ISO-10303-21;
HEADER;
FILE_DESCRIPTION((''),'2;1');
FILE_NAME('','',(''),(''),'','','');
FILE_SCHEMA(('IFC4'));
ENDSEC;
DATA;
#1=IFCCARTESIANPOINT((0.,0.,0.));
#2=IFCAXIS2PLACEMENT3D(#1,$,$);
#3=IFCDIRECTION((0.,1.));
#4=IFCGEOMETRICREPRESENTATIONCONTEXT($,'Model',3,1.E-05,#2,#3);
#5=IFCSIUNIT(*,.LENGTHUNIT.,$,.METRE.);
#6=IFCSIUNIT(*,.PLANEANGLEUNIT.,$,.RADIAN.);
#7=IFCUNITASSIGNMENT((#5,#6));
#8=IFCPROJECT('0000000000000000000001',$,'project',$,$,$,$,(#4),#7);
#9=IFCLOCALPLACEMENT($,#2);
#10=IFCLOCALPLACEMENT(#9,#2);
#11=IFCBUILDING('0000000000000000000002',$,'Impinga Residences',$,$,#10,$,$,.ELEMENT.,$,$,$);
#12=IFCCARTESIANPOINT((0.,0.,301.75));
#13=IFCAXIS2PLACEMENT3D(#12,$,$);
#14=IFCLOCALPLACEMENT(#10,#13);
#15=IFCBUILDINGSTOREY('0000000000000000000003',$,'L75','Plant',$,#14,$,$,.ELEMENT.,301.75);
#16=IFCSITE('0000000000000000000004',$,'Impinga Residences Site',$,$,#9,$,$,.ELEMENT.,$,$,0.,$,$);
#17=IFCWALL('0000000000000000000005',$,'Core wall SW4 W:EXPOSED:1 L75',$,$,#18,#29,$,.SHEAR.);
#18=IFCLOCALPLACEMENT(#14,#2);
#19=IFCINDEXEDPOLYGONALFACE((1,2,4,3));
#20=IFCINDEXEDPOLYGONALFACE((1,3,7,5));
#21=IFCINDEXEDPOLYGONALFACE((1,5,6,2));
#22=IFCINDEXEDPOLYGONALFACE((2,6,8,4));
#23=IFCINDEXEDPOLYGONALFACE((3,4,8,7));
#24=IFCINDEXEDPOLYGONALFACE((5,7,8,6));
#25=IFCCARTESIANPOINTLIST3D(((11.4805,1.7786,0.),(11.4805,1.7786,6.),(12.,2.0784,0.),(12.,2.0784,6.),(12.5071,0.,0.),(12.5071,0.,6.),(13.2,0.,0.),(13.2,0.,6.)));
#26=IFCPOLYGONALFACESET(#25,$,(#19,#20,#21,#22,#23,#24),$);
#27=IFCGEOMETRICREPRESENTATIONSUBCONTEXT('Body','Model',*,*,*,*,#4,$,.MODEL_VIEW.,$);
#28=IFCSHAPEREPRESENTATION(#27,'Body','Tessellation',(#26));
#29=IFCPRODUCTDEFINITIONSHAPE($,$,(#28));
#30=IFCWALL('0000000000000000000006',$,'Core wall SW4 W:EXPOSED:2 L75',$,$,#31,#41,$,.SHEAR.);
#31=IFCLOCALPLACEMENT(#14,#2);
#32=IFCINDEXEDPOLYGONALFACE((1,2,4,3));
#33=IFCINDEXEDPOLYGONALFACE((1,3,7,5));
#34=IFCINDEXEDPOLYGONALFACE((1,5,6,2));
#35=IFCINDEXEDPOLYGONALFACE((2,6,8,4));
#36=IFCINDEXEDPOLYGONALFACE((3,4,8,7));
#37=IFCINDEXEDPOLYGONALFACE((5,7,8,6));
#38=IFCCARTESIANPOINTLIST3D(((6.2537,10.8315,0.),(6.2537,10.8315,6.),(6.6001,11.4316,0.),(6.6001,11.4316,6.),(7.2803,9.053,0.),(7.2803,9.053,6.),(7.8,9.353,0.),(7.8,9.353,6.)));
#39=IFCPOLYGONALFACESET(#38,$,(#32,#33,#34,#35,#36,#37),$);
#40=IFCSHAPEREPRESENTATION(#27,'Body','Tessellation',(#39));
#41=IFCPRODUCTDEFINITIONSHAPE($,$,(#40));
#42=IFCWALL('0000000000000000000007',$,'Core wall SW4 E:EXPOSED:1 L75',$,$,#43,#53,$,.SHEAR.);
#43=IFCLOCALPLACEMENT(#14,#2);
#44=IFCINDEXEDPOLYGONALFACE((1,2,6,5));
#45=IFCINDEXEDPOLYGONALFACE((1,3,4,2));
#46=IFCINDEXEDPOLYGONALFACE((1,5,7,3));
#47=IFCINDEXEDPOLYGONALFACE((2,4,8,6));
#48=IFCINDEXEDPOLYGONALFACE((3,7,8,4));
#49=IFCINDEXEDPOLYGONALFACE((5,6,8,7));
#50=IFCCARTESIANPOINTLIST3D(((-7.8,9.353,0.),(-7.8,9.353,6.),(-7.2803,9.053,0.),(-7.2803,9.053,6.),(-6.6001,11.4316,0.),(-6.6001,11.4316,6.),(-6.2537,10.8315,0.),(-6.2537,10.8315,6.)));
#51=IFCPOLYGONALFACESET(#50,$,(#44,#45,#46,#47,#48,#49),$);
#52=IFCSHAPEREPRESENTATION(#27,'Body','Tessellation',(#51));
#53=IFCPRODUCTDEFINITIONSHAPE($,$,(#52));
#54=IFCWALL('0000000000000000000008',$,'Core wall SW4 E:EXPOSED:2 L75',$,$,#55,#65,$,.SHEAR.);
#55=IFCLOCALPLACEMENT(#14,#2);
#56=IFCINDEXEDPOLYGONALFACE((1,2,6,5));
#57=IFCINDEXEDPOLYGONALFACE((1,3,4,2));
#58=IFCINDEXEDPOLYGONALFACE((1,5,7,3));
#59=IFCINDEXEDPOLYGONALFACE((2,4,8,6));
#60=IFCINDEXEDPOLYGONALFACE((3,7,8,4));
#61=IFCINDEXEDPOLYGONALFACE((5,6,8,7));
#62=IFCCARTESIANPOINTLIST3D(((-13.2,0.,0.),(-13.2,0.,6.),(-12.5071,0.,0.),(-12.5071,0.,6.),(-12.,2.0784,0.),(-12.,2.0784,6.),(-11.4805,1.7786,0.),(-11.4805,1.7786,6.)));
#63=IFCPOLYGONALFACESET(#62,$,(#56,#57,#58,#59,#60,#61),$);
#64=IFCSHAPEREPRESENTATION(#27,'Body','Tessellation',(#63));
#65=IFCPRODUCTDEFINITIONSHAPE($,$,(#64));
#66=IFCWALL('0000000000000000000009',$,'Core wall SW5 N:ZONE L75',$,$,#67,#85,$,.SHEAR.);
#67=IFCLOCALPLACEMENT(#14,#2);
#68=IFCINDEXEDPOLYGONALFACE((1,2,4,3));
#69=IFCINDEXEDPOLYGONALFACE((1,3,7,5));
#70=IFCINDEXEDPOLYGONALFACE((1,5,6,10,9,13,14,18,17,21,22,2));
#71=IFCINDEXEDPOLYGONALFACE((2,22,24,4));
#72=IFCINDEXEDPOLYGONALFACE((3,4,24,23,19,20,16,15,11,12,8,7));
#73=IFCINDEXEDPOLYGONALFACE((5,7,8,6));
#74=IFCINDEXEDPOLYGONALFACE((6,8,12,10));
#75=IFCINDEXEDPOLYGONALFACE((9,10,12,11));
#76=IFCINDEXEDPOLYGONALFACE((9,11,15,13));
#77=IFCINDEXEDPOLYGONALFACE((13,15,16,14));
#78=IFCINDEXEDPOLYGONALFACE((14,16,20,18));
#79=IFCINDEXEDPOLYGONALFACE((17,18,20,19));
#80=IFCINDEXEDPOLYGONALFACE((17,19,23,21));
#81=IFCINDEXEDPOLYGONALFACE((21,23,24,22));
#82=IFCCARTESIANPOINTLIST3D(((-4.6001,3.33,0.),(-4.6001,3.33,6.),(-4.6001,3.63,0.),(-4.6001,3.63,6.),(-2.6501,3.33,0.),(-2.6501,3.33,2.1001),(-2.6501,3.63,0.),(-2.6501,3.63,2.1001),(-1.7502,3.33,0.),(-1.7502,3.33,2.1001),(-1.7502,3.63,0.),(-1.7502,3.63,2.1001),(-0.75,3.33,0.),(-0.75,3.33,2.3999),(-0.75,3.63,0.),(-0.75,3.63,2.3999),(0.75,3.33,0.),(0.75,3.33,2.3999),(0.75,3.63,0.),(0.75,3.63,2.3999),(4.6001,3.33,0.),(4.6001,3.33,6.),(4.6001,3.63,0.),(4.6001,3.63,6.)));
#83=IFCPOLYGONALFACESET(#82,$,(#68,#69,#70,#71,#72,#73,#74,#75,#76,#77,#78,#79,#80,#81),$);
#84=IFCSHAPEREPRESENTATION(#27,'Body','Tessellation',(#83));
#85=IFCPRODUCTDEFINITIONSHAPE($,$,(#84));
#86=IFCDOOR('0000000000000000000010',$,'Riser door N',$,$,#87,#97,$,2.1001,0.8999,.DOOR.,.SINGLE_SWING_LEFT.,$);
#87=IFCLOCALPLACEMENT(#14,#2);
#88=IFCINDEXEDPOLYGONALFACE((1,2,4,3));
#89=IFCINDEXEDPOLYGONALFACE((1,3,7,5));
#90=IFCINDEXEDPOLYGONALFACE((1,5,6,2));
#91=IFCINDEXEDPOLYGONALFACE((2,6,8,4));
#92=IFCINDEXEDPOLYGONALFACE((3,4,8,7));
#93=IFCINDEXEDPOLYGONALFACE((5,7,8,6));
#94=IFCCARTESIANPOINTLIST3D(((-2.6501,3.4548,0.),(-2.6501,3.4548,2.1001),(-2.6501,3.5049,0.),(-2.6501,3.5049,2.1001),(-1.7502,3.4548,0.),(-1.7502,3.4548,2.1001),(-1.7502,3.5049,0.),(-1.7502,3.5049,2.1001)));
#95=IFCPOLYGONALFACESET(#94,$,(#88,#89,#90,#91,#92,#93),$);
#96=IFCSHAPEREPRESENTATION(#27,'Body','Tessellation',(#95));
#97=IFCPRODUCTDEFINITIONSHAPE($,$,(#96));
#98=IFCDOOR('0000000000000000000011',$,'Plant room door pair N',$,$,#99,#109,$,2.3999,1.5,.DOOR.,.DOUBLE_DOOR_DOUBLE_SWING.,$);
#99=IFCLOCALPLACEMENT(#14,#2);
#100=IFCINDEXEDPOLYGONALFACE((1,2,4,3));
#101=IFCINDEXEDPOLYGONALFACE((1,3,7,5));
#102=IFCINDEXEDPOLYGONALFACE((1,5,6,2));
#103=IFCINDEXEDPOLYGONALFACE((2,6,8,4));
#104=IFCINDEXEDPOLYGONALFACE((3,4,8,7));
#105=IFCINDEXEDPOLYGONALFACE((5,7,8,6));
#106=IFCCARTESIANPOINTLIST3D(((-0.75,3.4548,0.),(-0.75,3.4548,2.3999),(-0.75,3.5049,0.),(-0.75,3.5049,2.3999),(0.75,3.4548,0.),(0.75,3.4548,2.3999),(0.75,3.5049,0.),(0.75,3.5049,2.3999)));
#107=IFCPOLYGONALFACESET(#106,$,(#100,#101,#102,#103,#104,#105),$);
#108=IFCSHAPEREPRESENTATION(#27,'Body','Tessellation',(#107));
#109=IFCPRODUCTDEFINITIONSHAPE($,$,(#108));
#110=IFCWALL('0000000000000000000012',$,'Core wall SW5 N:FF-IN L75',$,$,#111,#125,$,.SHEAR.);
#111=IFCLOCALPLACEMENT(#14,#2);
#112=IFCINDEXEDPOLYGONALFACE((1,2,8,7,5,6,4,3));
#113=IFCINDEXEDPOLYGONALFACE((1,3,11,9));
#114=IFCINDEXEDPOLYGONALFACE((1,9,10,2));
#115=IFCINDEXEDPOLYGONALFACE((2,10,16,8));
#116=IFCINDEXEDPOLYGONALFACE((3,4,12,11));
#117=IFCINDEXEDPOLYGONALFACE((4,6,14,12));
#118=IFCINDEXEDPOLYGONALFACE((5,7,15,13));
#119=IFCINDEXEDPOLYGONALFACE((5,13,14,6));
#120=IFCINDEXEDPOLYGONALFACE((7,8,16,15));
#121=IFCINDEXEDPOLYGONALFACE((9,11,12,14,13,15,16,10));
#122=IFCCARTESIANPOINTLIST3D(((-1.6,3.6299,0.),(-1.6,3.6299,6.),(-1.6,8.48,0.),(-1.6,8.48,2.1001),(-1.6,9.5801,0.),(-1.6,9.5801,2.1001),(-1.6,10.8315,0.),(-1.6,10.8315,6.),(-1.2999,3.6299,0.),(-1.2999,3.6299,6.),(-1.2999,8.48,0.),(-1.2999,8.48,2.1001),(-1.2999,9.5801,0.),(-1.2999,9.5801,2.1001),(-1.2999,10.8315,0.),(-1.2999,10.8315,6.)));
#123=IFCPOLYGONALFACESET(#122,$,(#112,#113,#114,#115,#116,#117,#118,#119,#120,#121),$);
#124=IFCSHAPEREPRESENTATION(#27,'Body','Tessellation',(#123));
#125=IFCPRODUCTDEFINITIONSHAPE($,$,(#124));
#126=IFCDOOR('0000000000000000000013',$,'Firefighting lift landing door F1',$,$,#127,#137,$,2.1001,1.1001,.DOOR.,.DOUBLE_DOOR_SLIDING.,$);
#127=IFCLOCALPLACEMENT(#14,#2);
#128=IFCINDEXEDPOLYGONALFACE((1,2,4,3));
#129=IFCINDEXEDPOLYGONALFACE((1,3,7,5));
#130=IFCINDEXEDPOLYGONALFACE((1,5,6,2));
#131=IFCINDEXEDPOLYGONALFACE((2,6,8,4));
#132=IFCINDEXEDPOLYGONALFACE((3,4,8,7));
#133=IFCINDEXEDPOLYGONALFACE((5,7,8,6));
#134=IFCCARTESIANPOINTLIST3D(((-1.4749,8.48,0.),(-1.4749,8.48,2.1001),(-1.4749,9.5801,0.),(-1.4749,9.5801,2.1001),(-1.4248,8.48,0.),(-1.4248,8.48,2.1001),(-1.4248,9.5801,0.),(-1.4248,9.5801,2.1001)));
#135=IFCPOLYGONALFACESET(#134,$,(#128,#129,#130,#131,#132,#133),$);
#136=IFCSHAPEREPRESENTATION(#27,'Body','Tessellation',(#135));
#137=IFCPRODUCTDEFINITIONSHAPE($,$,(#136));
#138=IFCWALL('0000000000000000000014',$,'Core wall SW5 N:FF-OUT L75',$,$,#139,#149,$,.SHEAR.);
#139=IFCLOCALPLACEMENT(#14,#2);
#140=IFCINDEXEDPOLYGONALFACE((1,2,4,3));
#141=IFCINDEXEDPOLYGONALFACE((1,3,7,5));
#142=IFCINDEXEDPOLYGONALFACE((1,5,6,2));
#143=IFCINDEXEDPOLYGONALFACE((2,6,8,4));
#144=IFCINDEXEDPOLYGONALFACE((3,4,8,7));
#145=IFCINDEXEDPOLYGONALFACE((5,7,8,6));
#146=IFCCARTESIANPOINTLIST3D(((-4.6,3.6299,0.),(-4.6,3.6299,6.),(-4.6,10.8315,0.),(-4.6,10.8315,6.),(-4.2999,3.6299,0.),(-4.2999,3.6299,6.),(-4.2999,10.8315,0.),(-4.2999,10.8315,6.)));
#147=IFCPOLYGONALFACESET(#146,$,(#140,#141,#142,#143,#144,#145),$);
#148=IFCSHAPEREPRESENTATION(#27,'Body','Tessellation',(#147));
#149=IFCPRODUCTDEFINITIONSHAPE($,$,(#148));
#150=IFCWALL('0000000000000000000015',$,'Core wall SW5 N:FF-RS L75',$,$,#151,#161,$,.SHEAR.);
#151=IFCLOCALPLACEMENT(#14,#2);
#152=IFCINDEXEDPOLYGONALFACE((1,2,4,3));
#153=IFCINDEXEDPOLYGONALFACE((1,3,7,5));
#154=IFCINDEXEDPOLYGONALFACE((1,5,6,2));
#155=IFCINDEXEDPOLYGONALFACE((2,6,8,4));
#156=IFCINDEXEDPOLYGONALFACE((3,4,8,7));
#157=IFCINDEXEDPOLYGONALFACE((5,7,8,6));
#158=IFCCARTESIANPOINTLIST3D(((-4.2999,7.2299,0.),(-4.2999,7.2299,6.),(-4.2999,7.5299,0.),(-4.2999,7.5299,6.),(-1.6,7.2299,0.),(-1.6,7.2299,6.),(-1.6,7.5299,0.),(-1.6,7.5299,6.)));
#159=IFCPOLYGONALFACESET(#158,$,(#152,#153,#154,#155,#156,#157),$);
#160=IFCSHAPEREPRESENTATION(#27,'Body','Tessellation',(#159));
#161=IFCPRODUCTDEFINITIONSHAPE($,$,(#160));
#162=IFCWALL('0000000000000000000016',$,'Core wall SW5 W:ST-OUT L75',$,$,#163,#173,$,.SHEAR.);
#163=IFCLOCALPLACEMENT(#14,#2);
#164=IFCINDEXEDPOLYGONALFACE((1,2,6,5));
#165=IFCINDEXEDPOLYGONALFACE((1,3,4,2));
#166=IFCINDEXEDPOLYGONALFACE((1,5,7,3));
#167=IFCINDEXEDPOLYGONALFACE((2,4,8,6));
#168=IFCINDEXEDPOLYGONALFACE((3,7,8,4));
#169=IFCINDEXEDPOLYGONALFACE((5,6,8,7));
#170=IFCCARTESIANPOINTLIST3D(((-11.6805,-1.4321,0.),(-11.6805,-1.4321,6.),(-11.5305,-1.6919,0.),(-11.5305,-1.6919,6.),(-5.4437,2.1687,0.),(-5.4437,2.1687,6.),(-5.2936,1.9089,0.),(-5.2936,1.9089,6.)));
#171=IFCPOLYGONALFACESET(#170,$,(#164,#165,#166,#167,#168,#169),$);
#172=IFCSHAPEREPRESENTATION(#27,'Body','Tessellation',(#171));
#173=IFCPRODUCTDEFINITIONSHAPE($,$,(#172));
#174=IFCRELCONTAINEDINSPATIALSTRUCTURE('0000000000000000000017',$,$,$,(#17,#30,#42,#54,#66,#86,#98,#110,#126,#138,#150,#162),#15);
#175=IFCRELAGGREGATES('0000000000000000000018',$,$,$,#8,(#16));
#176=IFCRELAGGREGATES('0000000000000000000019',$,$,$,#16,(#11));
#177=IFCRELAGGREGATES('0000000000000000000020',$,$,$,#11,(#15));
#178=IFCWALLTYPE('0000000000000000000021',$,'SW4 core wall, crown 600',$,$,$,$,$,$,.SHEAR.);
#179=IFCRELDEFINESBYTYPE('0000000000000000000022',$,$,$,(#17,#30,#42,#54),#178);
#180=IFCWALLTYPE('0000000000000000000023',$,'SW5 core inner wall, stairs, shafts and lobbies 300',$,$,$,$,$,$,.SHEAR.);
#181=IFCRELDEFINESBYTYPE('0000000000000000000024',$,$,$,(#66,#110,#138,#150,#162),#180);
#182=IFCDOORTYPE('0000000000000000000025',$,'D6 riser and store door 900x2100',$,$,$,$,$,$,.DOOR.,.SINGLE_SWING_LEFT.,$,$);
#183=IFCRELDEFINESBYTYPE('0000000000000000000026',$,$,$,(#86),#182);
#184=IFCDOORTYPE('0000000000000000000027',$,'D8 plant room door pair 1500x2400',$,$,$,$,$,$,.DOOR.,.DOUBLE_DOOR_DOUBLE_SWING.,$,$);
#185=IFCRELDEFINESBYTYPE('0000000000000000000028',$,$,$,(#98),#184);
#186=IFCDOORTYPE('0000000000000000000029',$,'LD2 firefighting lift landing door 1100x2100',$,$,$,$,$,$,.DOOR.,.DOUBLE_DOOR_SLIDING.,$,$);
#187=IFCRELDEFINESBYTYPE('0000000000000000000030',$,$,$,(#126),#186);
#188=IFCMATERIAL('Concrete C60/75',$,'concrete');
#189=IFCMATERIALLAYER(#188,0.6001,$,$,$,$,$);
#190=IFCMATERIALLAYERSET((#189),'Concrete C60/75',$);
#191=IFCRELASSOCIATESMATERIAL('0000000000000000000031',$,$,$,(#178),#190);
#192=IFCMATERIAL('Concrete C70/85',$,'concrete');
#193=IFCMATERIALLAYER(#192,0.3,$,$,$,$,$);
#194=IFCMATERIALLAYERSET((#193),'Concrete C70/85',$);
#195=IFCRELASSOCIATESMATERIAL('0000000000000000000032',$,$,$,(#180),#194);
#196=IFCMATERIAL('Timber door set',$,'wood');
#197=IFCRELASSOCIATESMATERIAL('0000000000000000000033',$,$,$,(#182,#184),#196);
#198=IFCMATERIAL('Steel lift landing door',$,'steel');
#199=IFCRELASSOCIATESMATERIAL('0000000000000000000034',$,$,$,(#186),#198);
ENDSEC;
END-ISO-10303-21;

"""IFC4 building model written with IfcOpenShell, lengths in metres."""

from ifc_helpers import new_model, si_unit, direction, frame, frame_2d, origin, place, context, subcontext, project, spatial, polyline, rectangle, outline, extrude, material, layer, layer_set, type_object, element, fill, save


model = new_model("IFC4")

# Units and contexts
model_context = context("Model", 3, precision=1e-05, world=origin(), true_north=direction((0.0, 1.0)))
body_context = subcontext(model_context, "Body", "Model", "MODEL_VIEW")
ifc_project = project(units=[si_unit("LENGTHUNIT", "METRE"), si_unit("PLANEANGLEUNIT", "RADIAN")], contexts=[model_context])

# Site, building, storey
site_placement = place(None, origin())
site = spatial("IfcSite", under=ifc_project, at=site_placement, Name="Impinga Residences Site", CompositionType="ELEMENT", RefElevation=0.0)
building_placement = place(site_placement, origin())
building = spatial("IfcBuilding", under=site, at=building_placement, Name="Impinga Residences", CompositionType="ELEMENT")
storey_placement = place(building_placement, frame((0.0, 0.0, 301.75)))
storey = spatial("IfcBuildingStorey", under=building, at=storey_placement, Name="L75", Description="Plant", CompositionType="ELEMENT", Elevation=301.75)

# Walls
ifc_material_1 = material(Name="Concrete C60/75", Category="concrete")
ifc_layer_1 = layer(ifc_material_1, 0.6001)
ifc_layer_set_1 = layer_set([ifc_layer_1], Name="Concrete C60/75")
wall_type_1 = type_object("IfcWallType", Name="SW4 core wall, crown 600", PredefinedType="SHEAR", material=ifc_layer_set_1)
wall_1_placement = place(storey_placement, origin())
element("IfcWall", 1, at=wall_1_placement, inside=storey, type_object=wall_type_1, Name="Core wall SW4 W:EXPOSED:1 L75", PredefinedType="SHEAR", context=body_context, shape_type="SweptSolid", body=[
    extrude(outline(polyline([(13.2, 0.0), (12.0, 2.0784), (11.4805, 1.7786), (12.5071, 0.0), (13.2, 0.0)])), origin(), (0.0, 0.0, 1.0), 6.0),
])
wall_2_placement = place(storey_placement, origin())
element("IfcWall", 2, at=wall_2_placement, inside=storey, type_object=wall_type_1, Name="Core wall SW4 W:EXPOSED:2 L75", PredefinedType="SHEAR", context=body_context, shape_type="SweptSolid", body=[
    extrude(outline(polyline([(7.8, 9.353), (6.6001, 11.4316), (6.2537, 10.8315), (7.2803, 9.053), (7.8, 9.353)])), origin(), (0.0, 0.0, 1.0), 6.0),
])
wall_3_placement = place(storey_placement, origin())
element("IfcWall", 3, at=wall_3_placement, inside=storey, type_object=wall_type_1, Name="Core wall SW4 E:EXPOSED:1 L75", PredefinedType="SHEAR", context=body_context, shape_type="SweptSolid", body=[
    extrude(outline(polyline([(-6.6001, 11.4316), (-7.8, 9.353), (-7.2803, 9.053), (-6.2537, 10.8315), (-6.6001, 11.4316)])), origin(), (0.0, 0.0, 1.0), 6.0),
])
wall_4_placement = place(storey_placement, origin())
element("IfcWall", 4, at=wall_4_placement, inside=storey, type_object=wall_type_1, Name="Core wall SW4 E:EXPOSED:2 L75", PredefinedType="SHEAR", context=body_context, shape_type="SweptSolid", body=[
    extrude(outline(polyline([(-12.0, 2.0784), (-13.2, 0.0), (-12.5071, 0.0), (-11.4805, 1.7786), (-12.0, 2.0784)])), origin(), (0.0, 0.0, 1.0), 6.0),
])

# Wall, openings, doors
ifc_material_2 = material(Name="Concrete C70/85", Category="concrete")
ifc_layer_2 = layer(ifc_material_2, 0.3)
ifc_layer_set_2 = layer_set([ifc_layer_2], Name="Concrete C70/85")
wall_type_2 = type_object("IfcWallType", Name="SW5 core inner wall, stairs, shafts and lobbies 300", PredefinedType="SHEAR", material=ifc_layer_set_2)
wall_5_placement = place(storey_placement, frame((-4.6001, 3.48, 0.0), z_axis=(0.0, 0.0, 1.0), x_axis=(1.0, 0.0, 0.0)))
wall_5 = element("IfcWall", 5, at=wall_5_placement, inside=storey, type_object=wall_type_2, Name="Core wall SW5 N:ZONE L75", PredefinedType="SHEAR", context=body_context, shape_type="SweptSolid", body=[
    extrude(rectangle(XDim=9.2002, YDim=0.3, at=frame_2d((4.6001, 0.0))), origin(), (0.0, 0.0, 1.0), 6.0),
])
opening_1_placement = place(wall_5_placement, frame((3.8501, 0.0, 0.0)))
opening_1 = element("IfcOpeningElement", 6, at=opening_1_placement, cuts=wall_5, PredefinedType="OPENING", context=body_context, shape_type="SweptSolid", body=[
    extrude(rectangle(XDim=1.5, YDim=2.3999, at=frame_2d((0.75, 1.2))), frame((0.0, 0.1599, 0.0), z_axis=(0.0, -1.0, 0.0), x_axis=(1.0, 0.0, 0.0)), (0.0, 0.0, 1.0), 0.3201),
])
opening_2_placement = place(wall_5_placement, frame((1.95, 0.0, 0.0)))
opening_2 = element("IfcOpeningElement", 7, at=opening_2_placement, cuts=wall_5, PredefinedType="OPENING", context=body_context, shape_type="SweptSolid", body=[
    extrude(rectangle(XDim=0.8999, YDim=2.1001, at=frame_2d((0.45, 1.05))), frame((0.0, 0.1599, 0.0), z_axis=(0.0, -1.0, 0.0), x_axis=(1.0, 0.0, 0.0)), (0.0, 0.0, 1.0), 0.3201),
])
ifc_material_3 = material(Name="Timber door set", Category="wood")
door_type_1 = type_object("IfcDoorType", Name="D6 riser and store door 900x2100", OperationType="SINGLE_SWING_LEFT", PredefinedType="DOOR", material=ifc_material_3)
door_1_placement = place(opening_2_placement, origin())
door_1 = element("IfcDoor", 8, at=door_1_placement, inside=storey, type_object=door_type_1, Name="Riser door N", OperationType="SINGLE_SWING_LEFT", OverallHeight=2.1001, OverallWidth=0.8999, PredefinedType="DOOR", context=body_context, shape_type="SweptSolid", body=[
    extrude(rectangle(XDim=0.8999, YDim=2.1001, at=frame_2d((0.45, 1.05))), frame((0.0, 0.0249, 0.0), z_axis=(0.0, -1.0, 0.0), x_axis=(1.0, 0.0, 0.0)), (0.0, 0.0, 1.0), 0.05),
])
fill(opening_2, door_1)
door_type_2 = type_object("IfcDoorType", Name="D8 plant room door pair 1500x2400", OperationType="DOUBLE_DOOR_DOUBLE_SWING", PredefinedType="DOOR", material=ifc_material_3)
door_2_placement = place(opening_1_placement, origin())
door_2 = element("IfcDoor", 9, at=door_2_placement, inside=storey, type_object=door_type_2, Name="Plant room door pair N", OperationType="DOUBLE_DOOR_DOUBLE_SWING", OverallHeight=2.3999, OverallWidth=1.5, PredefinedType="DOOR", context=body_context, shape_type="SweptSolid", body=[
    extrude(rectangle(XDim=1.5, YDim=2.3999, at=frame_2d((0.75, 1.2))), frame((0.0, 0.0249, 0.0), z_axis=(0.0, -1.0, 0.0), x_axis=(1.0, 0.0, 0.0)), (0.0, 0.0, 1.0), 0.05),
])
fill(opening_1, door_2)

# Wall, opening, door
wall_6_placement = place(storey_placement, frame((-1.45, 3.6299, 0.0), z_axis=(0.0, 0.0, 1.0), x_axis=(0.0, 1.0, 0.0)))
wall_6 = element("IfcWall", 10, at=wall_6_placement, inside=storey, type_object=wall_type_2, Name="Core wall SW5 N:FF-IN L75", PredefinedType="SHEAR", context=body_context, shape_type="SweptSolid", body=[
    extrude(rectangle(XDim=7.2017, YDim=0.3, at=frame_2d((3.6008, 0.0))), origin(), (0.0, 0.0, 1.0), 6.0),
])
opening_3_placement = place(wall_6_placement, frame((4.8501, 0.0, 0.0)))
opening_3 = element("IfcOpeningElement", 11, at=opening_3_placement, cuts=wall_6, PredefinedType="OPENING", context=body_context, shape_type="SweptSolid", body=[
    extrude(rectangle(XDim=1.1001, YDim=2.1001, at=frame_2d((0.55, 1.05))), frame((0.0, 0.1599, 0.0), z_axis=(0.0, -1.0, 0.0), x_axis=(1.0, 0.0, 0.0)), (0.0, 0.0, 1.0), 0.3201),
])
ifc_material_4 = material(Name="Steel lift landing door", Category="steel")
door_type_3 = type_object("IfcDoorType", Name="LD2 firefighting lift landing door 1100x2100", OperationType="DOUBLE_DOOR_SLIDING", PredefinedType="DOOR", material=ifc_material_4)
door_3_placement = place(opening_3_placement, origin())
door_3 = element("IfcDoor", 12, at=door_3_placement, inside=storey, type_object=door_type_3, Name="Firefighting lift landing door F1", OperationType="DOUBLE_DOOR_SLIDING", OverallHeight=2.1001, OverallWidth=1.1001, PredefinedType="DOOR", context=body_context, shape_type="SweptSolid", body=[
    extrude(rectangle(XDim=1.1001, YDim=2.1001, at=frame_2d((0.55, 1.05))), frame((0.0, 0.0249, 0.0), z_axis=(0.0, -1.0, 0.0), x_axis=(1.0, 0.0, 0.0)), (0.0, 0.0, 1.0), 0.05),
])
fill(opening_3, door_3)

# Walls
wall_7_placement = place(storey_placement, frame((-4.45, 3.6299, 0.0), z_axis=(0.0, 0.0, 1.0), x_axis=(0.0, 1.0, 0.0)))
element("IfcWall", 13, at=wall_7_placement, inside=storey, type_object=wall_type_2, Name="Core wall SW5 N:FF-OUT L75", PredefinedType="SHEAR", context=body_context, shape_type="SweptSolid", body=[
    extrude(rectangle(XDim=7.2017, YDim=0.3, at=frame_2d((3.6008, 0.0))), origin(), (0.0, 0.0, 1.0), 6.0),
])
wall_8_placement = place(storey_placement, frame((-4.3, 7.3799, 0.0), z_axis=(0.0, 0.0, 1.0), x_axis=(1.0, 0.0, 0.0)))
element("IfcWall", 14, at=wall_8_placement, inside=storey, type_object=wall_type_2, Name="Core wall SW5 N:FF-RS L75", PredefinedType="SHEAR", context=body_context, shape_type="SweptSolid", body=[
    extrude(rectangle(XDim=2.7, YDim=0.3, at=frame_2d((1.3501, 0.0))), origin(), (0.0, 0.0, 1.0), 6.0),
])
wall_9_placement = place(storey_placement, frame((-5.3687, 2.0388, 0.0), z_axis=(0.0, 0.0, 1.0), x_axis=(-0.866025, -0.5, 0.0)))
element("IfcWall", 15, at=wall_9_placement, inside=storey, type_object=wall_type_2, Name="Core wall SW5 W:ST-OUT L75", PredefinedType="SHEAR", context=body_context, shape_type="SweptSolid", body=[
    extrude(rectangle(XDim=7.2017, YDim=0.3, at=frame_2d((3.6008, 0.0))), origin(), (0.0, 0.0, 1.0), 6.0),
])

save(model, "model.ifc")
